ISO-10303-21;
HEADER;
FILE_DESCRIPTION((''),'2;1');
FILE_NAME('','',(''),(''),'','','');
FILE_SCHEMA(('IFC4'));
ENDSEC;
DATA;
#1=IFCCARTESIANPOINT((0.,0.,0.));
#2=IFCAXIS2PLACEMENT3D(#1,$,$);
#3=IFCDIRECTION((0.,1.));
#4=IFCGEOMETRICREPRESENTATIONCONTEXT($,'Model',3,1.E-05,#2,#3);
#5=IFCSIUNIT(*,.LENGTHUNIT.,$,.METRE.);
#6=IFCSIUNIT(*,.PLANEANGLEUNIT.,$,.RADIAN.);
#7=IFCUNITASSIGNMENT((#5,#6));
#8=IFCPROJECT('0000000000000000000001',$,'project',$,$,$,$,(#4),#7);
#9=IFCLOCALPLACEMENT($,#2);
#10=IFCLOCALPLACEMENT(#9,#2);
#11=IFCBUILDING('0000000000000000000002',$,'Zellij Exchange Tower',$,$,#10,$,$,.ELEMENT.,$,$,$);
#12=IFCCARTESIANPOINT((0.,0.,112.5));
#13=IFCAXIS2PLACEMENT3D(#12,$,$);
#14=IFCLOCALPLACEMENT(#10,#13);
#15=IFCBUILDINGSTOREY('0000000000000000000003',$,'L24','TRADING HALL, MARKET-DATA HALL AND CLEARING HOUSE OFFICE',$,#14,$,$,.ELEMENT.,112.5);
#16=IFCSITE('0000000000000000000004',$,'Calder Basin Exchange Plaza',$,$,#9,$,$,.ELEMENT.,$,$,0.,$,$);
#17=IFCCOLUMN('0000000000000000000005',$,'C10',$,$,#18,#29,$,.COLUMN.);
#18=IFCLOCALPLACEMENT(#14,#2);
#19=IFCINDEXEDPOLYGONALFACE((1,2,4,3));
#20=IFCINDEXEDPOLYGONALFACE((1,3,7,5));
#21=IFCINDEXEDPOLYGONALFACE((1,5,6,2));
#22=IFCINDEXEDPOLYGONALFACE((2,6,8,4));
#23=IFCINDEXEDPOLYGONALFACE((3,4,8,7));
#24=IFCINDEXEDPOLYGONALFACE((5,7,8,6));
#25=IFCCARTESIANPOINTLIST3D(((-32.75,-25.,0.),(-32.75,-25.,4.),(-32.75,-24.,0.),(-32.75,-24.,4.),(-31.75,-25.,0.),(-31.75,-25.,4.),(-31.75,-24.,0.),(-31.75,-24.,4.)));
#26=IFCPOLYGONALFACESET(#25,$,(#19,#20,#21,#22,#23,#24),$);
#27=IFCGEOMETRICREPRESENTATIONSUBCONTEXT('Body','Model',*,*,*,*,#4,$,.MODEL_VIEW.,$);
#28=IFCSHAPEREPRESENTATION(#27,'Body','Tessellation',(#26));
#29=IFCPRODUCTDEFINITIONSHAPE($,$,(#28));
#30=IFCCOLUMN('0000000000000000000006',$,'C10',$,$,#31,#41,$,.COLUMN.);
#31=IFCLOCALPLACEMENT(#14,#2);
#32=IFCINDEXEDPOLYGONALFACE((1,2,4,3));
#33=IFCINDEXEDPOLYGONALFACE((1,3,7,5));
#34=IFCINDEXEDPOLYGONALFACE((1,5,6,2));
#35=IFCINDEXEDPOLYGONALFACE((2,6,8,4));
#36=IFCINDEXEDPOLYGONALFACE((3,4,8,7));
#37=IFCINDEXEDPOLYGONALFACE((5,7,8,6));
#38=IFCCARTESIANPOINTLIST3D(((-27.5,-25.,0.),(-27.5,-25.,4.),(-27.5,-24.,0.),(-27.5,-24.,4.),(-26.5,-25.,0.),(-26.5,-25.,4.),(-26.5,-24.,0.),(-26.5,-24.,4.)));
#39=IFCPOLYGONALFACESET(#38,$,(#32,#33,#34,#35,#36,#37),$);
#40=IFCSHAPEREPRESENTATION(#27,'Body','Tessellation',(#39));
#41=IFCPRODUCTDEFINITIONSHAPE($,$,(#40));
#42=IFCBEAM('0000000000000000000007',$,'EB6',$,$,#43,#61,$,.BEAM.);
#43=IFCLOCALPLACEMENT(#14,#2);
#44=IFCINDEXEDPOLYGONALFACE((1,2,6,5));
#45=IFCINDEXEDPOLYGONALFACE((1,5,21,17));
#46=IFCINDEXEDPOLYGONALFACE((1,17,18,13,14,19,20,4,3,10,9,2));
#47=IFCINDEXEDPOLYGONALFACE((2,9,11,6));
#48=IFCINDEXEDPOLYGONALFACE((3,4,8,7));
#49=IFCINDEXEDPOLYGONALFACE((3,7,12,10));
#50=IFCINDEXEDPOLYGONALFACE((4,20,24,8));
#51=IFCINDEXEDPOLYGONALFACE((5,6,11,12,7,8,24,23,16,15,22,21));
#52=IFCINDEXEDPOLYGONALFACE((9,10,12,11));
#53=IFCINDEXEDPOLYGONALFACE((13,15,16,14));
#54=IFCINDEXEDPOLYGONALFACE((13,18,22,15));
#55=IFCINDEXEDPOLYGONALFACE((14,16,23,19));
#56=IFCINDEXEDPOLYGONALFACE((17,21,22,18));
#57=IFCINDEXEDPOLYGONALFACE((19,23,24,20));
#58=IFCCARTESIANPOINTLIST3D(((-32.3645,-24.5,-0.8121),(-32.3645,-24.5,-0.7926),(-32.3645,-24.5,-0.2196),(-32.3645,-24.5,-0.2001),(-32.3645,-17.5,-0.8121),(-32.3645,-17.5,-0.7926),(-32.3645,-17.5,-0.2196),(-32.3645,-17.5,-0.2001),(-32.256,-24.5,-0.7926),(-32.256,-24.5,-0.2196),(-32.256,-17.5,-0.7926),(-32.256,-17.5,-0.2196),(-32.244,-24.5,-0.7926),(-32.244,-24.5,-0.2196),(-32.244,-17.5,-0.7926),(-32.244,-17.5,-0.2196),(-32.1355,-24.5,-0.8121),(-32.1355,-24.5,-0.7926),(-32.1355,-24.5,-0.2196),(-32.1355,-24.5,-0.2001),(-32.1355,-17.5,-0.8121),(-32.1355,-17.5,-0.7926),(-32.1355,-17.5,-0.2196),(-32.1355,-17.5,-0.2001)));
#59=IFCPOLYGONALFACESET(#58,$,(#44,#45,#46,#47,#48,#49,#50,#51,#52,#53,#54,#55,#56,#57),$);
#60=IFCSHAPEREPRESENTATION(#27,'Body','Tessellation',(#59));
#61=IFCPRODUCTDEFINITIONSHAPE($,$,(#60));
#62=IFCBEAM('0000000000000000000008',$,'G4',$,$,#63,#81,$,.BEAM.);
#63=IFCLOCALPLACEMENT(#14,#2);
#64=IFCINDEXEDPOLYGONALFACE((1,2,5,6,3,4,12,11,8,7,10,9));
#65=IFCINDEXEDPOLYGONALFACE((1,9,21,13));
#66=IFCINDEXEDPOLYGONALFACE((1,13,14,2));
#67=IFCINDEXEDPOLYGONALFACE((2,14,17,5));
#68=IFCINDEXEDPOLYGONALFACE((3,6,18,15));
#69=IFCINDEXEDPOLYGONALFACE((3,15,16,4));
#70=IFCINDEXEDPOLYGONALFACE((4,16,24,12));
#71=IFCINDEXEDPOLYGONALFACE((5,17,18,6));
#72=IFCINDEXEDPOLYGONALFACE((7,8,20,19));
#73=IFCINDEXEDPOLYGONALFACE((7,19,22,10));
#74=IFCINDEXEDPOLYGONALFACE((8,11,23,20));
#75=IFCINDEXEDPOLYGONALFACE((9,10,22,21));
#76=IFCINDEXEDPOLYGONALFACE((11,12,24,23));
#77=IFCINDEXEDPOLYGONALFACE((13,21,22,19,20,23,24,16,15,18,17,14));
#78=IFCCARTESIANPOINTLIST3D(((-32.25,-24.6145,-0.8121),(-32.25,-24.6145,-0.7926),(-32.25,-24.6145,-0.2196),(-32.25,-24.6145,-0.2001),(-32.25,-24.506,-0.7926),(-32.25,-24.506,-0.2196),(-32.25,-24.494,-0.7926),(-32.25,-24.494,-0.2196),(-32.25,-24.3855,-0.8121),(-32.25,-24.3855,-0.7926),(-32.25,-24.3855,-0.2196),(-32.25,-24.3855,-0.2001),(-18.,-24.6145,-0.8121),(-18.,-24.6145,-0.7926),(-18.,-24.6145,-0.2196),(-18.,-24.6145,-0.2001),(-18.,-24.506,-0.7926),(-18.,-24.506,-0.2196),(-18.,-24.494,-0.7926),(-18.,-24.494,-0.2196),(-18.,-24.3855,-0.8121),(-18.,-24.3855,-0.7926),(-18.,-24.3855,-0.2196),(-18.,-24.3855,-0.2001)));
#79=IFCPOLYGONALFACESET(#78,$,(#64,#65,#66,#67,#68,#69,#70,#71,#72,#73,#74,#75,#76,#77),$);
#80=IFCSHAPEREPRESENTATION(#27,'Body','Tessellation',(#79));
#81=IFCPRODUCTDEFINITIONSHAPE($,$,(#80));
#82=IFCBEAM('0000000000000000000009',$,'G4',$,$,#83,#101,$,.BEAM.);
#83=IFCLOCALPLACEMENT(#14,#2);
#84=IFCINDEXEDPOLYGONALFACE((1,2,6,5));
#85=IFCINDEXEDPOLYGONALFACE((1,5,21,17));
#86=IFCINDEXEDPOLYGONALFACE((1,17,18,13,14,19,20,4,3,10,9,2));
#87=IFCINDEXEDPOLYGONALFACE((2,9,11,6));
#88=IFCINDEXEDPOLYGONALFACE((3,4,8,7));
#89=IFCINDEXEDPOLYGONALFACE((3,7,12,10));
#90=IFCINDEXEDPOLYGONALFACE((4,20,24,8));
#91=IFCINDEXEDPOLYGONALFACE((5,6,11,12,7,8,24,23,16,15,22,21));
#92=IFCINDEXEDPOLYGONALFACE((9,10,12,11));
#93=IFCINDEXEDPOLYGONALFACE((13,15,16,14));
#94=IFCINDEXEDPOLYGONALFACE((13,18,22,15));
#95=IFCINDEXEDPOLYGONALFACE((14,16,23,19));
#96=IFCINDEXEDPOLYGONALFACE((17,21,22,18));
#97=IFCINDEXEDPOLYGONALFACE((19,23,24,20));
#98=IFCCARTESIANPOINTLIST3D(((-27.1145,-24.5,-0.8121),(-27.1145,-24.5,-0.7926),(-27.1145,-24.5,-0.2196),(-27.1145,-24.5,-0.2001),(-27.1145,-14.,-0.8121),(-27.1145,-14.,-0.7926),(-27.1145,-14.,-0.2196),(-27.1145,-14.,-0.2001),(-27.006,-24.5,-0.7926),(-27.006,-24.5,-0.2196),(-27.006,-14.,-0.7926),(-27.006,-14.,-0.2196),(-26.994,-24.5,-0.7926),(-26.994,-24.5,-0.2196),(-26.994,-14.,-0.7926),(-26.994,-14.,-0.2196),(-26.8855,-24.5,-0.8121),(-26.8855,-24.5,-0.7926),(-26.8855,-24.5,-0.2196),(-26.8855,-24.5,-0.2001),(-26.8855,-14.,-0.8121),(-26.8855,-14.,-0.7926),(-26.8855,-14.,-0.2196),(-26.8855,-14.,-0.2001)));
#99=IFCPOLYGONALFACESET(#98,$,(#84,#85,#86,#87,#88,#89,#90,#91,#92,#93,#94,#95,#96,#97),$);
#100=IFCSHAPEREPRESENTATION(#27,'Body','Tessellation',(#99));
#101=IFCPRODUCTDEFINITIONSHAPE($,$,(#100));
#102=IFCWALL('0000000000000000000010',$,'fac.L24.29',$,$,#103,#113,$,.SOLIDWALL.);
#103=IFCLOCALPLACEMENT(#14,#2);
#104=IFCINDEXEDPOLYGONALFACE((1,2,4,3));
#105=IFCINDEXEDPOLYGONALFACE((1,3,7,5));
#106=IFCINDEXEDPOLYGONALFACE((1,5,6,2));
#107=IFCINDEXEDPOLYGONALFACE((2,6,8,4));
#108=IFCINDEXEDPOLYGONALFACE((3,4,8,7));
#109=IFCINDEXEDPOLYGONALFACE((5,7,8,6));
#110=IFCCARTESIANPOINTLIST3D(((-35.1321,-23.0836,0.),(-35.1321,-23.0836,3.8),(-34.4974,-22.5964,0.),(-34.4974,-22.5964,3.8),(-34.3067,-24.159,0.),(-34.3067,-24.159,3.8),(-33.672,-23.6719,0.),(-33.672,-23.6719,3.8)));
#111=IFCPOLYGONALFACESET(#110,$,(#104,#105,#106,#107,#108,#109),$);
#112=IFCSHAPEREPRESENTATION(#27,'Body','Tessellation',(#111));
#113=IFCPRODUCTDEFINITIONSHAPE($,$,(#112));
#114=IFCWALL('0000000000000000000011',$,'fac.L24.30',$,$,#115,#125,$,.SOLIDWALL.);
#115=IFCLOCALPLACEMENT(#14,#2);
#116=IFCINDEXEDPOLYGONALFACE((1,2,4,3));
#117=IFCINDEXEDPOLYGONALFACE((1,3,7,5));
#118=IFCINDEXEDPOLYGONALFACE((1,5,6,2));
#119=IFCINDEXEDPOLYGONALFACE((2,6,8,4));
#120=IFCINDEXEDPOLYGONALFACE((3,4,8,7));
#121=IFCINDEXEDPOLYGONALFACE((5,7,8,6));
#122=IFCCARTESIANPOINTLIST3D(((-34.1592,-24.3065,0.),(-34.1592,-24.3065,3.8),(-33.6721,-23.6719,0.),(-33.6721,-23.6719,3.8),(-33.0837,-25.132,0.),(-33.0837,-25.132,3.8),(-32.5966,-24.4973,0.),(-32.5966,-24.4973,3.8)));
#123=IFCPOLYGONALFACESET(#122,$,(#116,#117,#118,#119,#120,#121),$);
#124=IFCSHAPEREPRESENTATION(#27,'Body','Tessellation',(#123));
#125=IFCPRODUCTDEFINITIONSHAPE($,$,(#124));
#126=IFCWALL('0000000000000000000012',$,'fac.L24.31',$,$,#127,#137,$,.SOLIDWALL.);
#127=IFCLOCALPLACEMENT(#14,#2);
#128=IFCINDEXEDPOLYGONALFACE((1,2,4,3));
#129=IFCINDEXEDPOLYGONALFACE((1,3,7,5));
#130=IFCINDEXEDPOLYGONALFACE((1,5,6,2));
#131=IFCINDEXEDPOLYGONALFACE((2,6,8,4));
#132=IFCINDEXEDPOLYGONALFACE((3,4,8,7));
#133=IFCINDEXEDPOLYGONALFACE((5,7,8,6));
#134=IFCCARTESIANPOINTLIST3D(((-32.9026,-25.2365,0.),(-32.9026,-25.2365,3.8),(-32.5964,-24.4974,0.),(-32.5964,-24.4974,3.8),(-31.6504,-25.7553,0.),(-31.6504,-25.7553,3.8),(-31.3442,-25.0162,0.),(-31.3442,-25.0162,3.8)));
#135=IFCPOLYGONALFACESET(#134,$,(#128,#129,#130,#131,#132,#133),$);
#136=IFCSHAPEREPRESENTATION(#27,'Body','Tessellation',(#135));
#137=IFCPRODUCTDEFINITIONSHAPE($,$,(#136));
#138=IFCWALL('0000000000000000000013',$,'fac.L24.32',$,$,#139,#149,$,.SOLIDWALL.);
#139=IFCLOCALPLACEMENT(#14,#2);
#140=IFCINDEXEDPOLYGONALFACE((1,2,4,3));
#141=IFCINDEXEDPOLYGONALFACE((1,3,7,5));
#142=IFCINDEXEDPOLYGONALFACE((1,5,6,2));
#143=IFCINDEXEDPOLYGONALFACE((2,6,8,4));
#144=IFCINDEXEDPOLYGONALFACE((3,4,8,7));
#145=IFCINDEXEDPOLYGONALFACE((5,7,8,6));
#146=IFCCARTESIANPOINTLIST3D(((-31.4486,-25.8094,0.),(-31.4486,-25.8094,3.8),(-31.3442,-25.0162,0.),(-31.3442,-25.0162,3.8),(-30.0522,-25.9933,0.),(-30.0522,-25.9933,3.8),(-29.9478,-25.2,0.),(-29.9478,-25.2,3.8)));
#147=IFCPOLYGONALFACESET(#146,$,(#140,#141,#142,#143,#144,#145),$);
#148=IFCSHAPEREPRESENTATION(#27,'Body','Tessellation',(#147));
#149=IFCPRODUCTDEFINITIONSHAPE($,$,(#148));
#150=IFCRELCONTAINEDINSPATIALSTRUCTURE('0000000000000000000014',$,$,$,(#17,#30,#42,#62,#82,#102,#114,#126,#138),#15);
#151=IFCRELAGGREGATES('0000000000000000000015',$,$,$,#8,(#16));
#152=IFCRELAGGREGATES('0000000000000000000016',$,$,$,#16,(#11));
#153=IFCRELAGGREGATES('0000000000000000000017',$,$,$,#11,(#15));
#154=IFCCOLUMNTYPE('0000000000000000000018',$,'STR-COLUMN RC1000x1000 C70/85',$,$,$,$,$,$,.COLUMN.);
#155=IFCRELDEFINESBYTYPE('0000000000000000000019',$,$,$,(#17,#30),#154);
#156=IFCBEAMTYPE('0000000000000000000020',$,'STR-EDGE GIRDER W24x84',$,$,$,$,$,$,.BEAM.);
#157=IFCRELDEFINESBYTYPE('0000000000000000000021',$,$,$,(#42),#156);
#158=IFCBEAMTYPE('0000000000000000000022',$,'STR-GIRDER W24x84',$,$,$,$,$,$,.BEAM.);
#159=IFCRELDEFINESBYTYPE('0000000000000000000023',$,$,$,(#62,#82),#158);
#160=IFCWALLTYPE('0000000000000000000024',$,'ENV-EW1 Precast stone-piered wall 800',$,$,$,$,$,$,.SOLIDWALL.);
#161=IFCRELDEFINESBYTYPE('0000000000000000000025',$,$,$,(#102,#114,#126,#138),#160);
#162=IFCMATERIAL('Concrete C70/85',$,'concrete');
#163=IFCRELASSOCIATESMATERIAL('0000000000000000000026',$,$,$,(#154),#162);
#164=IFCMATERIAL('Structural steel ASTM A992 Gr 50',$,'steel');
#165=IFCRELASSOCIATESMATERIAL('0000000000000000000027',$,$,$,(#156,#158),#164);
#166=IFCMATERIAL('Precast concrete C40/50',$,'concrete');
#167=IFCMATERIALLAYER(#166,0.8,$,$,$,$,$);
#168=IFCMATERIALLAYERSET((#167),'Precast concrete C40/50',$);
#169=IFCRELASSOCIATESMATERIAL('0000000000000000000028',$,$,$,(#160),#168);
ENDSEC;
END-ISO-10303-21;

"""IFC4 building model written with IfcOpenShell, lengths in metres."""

from ifc_helpers import new_model, si_unit, direction, frame, frame_2d, origin, origin_2d, place, context, subcontext, project, spatial, rectangle, i_section, extrude, material, layer, layer_set, material_profile, profile_set, type_object, element, save


model = new_model("IFC4")

# Units and contexts
model_context = context("Model", 3, precision=1e-05, world=origin(), true_north=direction((0.0, 1.0)))
body_context = subcontext(model_context, "Body", "Model", "MODEL_VIEW")
ifc_project = project(units=[si_unit("LENGTHUNIT", "METRE"), si_unit("PLANEANGLEUNIT", "RADIAN")], contexts=[model_context])

# Site, building, storey
site_placement = place(None, origin())
site = spatial("IfcSite", under=ifc_project, at=site_placement, Name="Calder Basin Exchange Plaza", CompositionType="ELEMENT", RefElevation=0.0)
building_placement = place(site_placement, origin())
building = spatial("IfcBuilding", under=site, at=building_placement, Name="Zellij Exchange Tower", CompositionType="ELEMENT")
storey_placement = place(building_placement, frame((0.0, 0.0, 112.5)))
storey = spatial("IfcBuildingStorey", under=building, at=storey_placement, Name="L24", Description="TRADING HALL, MARKET-DATA HALL AND CLEARING HOUSE OFFICE", CompositionType="ELEMENT", Elevation=112.5)

# Columns
ifc_material_1 = material(Name="Concrete C70/85", Category="concrete")
ifc_material_profile_1 = material_profile(ifc_material_1, rectangle(XDim=1.0, YDim=1.0, at=origin_2d()), Name="STR-COLUMN RC1000x1000 C70/85")
ifc_profile_set_1 = profile_set([ifc_material_profile_1], Name="Concrete C70/85")
column_type = type_object("IfcColumnType", Name="STR-COLUMN RC1000x1000 C70/85", PredefinedType="COLUMN", material=ifc_profile_set_1)
for number, where, z_axis, x_axis, name in (
    (1, (-32.25, -24.5, 0.0), (0.0, 0.0, 1.0), (1.0, 0.0, 0.0), "C10"),
    (2, (-27.0, -24.5, 0.0), (0.0, 0.0, 1.0), (1.0, 0.0, 0.0), "C10"),
):
    element("IfcColumn", number, at=place(storey_placement, frame(where, z_axis=z_axis, x_axis=x_axis)), inside=storey, type_object=column_type, Name=name, PredefinedType="COLUMN", context=body_context, shape_type="SweptSolid", body=[
        extrude(rectangle(XDim=1.0, YDim=1.0, at=origin_2d()), origin(), (0.0, 0.0, 1.0), 4.0),
    ])

# Beams
ifc_material_2 = material(Name="Structural steel ASTM A992 Gr 50", Category="steel")
ifc_material_profile_2 = material_profile(ifc_material_2, i_section(OverallWidth=0.229, OverallDepth=0.6121, WebThickness=0.012, FlangeThickness=0.0195, at=origin_2d()), Name="W24x84")
ifc_profile_set_2 = profile_set([ifc_material_profile_2], Name="Structural steel ASTM A992 Gr 50")
beam_type_1 = type_object("IfcBeamType", Name="STR-EDGE GIRDER W24x84", PredefinedType="BEAM", material=ifc_profile_set_2)
beam_1_placement = place(storey_placement, frame((-32.25, -24.5, -0.5061), z_axis=(0.0, 1.0, 0.0), x_axis=(-1.0, 0.0, 0.0)))
element("IfcBeam", 3, at=beam_1_placement, inside=storey, type_object=beam_type_1, Name="EB6", PredefinedType="BEAM", context=body_context, shape_type="SweptSolid", body=[
    extrude(i_section(OverallWidth=0.229, OverallDepth=0.6121, WebThickness=0.012, FlangeThickness=0.0195, at=origin_2d()), origin(), (0.0, 0.0, 1.0), 7.0),
])
ifc_material_profile_3 = material_profile(ifc_material_2, i_section(OverallWidth=0.229, OverallDepth=0.6121, WebThickness=0.012, FlangeThickness=0.0195, at=origin_2d()), Name="W24x84")
ifc_profile_set_3 = profile_set([ifc_material_profile_3], Name="Structural steel ASTM A992 Gr 50")
beam_type_2 = type_object("IfcBeamType", Name="STR-GIRDER W24x84", PredefinedType="BEAM", material=ifc_profile_set_3)
beam_2_placement = place(storey_placement, frame((-32.25, -24.5, -0.5061), z_axis=(1.0, 0.0, 0.0), x_axis=(0.0, 1.0, 0.0)))
element("IfcBeam", 4, at=beam_2_placement, inside=storey, type_object=beam_type_2, Name="G4", PredefinedType="BEAM", context=body_context, shape_type="SweptSolid", body=[
    extrude(i_section(OverallWidth=0.229, OverallDepth=0.6121, WebThickness=0.012, FlangeThickness=0.0195, at=origin_2d()), origin(), (0.0, 0.0, 1.0), 14.25),
])
beam_3_placement = place(storey_placement, frame((-27.0, -24.5, -0.5061), z_axis=(0.0, 1.0, 0.0), x_axis=(-1.0, 0.0, 0.0)))
element("IfcBeam", 5, at=beam_3_placement, inside=storey, type_object=beam_type_2, Name="G4", PredefinedType="BEAM", context=body_context, shape_type="SweptSolid", body=[
    extrude(i_section(OverallWidth=0.229, OverallDepth=0.6121, WebThickness=0.012, FlangeThickness=0.0195, at=origin_2d()), origin(), (0.0, 0.0, 1.0), 10.5),
])

# Shared definitions
ifc_material_3 = material(Name="Precast concrete C40/50", Category="concrete")
ifc_layer = layer(ifc_material_3, 0.8)
ifc_layer_set = layer_set([ifc_layer], Name="Precast concrete C40/50")
wall_type = type_object("IfcWallType", Name="ENV-EW1 Precast stone-piered wall 800", PredefinedType="SOLIDWALL", material=ifc_layer_set)

# Walls
for number, where, z_axis, x_axis, name in (
    (6, (-34.8147, -22.8401, 0.0), (0.0, 0.0, 1.0), (0.608866, -0.793273, 0.0), "fac.L24.29"),
    (7, (-33.9155, -23.9893, 0.0), (0.0, 0.0, 1.0), (0.793273, -0.608866, 0.0), "fac.L24.30"),
):
    element("IfcWall", number, at=place(storey_placement, frame(where, z_axis=z_axis, x_axis=x_axis)), inside=storey, type_object=wall_type, Name=name, PredefinedType="SOLIDWALL", context=body_context, shape_type="SweptSolid", body=[
        extrude(rectangle(XDim=1.3557, YDim=0.8, at=frame_2d((0.6777, 0.0))), origin(), (0.0, 0.0, 1.0), 3.8),
    ])
wall_1_placement = place(storey_placement, frame((-32.7495, -24.8669, 0.0), z_axis=(0.0, 0.0, 1.0), x_axis=(0.923848, -0.38276, 0.0)))
element("IfcWall", 8, at=wall_1_placement, inside=storey, type_object=wall_type, Name="fac.L24.31", PredefinedType="SOLIDWALL", context=body_context, shape_type="SweptSolid", body=[
    extrude(rectangle(XDim=1.3555, YDim=0.8, at=frame_2d((0.6777, 0.0))), origin(), (0.0, 0.0, 1.0), 3.8),
])
wall_2_placement = place(storey_placement, frame((-31.3962, -25.4128, 0.0), z_axis=(0.0, 0.0, 1.0), x_axis=(0.991446, -0.130517, 0.0)))
element("IfcWall", 9, at=wall_2_placement, inside=storey, type_object=wall_type, Name="fac.L24.32", PredefinedType="SOLIDWALL", context=body_context, shape_type="SweptSolid", body=[
    extrude(rectangle(XDim=1.4084, YDim=0.8, at=frame_2d((0.7041, 0.0))), origin(), (0.0, 0.0, 1.0), 3.8),
])

save(model, "model.ifc")
